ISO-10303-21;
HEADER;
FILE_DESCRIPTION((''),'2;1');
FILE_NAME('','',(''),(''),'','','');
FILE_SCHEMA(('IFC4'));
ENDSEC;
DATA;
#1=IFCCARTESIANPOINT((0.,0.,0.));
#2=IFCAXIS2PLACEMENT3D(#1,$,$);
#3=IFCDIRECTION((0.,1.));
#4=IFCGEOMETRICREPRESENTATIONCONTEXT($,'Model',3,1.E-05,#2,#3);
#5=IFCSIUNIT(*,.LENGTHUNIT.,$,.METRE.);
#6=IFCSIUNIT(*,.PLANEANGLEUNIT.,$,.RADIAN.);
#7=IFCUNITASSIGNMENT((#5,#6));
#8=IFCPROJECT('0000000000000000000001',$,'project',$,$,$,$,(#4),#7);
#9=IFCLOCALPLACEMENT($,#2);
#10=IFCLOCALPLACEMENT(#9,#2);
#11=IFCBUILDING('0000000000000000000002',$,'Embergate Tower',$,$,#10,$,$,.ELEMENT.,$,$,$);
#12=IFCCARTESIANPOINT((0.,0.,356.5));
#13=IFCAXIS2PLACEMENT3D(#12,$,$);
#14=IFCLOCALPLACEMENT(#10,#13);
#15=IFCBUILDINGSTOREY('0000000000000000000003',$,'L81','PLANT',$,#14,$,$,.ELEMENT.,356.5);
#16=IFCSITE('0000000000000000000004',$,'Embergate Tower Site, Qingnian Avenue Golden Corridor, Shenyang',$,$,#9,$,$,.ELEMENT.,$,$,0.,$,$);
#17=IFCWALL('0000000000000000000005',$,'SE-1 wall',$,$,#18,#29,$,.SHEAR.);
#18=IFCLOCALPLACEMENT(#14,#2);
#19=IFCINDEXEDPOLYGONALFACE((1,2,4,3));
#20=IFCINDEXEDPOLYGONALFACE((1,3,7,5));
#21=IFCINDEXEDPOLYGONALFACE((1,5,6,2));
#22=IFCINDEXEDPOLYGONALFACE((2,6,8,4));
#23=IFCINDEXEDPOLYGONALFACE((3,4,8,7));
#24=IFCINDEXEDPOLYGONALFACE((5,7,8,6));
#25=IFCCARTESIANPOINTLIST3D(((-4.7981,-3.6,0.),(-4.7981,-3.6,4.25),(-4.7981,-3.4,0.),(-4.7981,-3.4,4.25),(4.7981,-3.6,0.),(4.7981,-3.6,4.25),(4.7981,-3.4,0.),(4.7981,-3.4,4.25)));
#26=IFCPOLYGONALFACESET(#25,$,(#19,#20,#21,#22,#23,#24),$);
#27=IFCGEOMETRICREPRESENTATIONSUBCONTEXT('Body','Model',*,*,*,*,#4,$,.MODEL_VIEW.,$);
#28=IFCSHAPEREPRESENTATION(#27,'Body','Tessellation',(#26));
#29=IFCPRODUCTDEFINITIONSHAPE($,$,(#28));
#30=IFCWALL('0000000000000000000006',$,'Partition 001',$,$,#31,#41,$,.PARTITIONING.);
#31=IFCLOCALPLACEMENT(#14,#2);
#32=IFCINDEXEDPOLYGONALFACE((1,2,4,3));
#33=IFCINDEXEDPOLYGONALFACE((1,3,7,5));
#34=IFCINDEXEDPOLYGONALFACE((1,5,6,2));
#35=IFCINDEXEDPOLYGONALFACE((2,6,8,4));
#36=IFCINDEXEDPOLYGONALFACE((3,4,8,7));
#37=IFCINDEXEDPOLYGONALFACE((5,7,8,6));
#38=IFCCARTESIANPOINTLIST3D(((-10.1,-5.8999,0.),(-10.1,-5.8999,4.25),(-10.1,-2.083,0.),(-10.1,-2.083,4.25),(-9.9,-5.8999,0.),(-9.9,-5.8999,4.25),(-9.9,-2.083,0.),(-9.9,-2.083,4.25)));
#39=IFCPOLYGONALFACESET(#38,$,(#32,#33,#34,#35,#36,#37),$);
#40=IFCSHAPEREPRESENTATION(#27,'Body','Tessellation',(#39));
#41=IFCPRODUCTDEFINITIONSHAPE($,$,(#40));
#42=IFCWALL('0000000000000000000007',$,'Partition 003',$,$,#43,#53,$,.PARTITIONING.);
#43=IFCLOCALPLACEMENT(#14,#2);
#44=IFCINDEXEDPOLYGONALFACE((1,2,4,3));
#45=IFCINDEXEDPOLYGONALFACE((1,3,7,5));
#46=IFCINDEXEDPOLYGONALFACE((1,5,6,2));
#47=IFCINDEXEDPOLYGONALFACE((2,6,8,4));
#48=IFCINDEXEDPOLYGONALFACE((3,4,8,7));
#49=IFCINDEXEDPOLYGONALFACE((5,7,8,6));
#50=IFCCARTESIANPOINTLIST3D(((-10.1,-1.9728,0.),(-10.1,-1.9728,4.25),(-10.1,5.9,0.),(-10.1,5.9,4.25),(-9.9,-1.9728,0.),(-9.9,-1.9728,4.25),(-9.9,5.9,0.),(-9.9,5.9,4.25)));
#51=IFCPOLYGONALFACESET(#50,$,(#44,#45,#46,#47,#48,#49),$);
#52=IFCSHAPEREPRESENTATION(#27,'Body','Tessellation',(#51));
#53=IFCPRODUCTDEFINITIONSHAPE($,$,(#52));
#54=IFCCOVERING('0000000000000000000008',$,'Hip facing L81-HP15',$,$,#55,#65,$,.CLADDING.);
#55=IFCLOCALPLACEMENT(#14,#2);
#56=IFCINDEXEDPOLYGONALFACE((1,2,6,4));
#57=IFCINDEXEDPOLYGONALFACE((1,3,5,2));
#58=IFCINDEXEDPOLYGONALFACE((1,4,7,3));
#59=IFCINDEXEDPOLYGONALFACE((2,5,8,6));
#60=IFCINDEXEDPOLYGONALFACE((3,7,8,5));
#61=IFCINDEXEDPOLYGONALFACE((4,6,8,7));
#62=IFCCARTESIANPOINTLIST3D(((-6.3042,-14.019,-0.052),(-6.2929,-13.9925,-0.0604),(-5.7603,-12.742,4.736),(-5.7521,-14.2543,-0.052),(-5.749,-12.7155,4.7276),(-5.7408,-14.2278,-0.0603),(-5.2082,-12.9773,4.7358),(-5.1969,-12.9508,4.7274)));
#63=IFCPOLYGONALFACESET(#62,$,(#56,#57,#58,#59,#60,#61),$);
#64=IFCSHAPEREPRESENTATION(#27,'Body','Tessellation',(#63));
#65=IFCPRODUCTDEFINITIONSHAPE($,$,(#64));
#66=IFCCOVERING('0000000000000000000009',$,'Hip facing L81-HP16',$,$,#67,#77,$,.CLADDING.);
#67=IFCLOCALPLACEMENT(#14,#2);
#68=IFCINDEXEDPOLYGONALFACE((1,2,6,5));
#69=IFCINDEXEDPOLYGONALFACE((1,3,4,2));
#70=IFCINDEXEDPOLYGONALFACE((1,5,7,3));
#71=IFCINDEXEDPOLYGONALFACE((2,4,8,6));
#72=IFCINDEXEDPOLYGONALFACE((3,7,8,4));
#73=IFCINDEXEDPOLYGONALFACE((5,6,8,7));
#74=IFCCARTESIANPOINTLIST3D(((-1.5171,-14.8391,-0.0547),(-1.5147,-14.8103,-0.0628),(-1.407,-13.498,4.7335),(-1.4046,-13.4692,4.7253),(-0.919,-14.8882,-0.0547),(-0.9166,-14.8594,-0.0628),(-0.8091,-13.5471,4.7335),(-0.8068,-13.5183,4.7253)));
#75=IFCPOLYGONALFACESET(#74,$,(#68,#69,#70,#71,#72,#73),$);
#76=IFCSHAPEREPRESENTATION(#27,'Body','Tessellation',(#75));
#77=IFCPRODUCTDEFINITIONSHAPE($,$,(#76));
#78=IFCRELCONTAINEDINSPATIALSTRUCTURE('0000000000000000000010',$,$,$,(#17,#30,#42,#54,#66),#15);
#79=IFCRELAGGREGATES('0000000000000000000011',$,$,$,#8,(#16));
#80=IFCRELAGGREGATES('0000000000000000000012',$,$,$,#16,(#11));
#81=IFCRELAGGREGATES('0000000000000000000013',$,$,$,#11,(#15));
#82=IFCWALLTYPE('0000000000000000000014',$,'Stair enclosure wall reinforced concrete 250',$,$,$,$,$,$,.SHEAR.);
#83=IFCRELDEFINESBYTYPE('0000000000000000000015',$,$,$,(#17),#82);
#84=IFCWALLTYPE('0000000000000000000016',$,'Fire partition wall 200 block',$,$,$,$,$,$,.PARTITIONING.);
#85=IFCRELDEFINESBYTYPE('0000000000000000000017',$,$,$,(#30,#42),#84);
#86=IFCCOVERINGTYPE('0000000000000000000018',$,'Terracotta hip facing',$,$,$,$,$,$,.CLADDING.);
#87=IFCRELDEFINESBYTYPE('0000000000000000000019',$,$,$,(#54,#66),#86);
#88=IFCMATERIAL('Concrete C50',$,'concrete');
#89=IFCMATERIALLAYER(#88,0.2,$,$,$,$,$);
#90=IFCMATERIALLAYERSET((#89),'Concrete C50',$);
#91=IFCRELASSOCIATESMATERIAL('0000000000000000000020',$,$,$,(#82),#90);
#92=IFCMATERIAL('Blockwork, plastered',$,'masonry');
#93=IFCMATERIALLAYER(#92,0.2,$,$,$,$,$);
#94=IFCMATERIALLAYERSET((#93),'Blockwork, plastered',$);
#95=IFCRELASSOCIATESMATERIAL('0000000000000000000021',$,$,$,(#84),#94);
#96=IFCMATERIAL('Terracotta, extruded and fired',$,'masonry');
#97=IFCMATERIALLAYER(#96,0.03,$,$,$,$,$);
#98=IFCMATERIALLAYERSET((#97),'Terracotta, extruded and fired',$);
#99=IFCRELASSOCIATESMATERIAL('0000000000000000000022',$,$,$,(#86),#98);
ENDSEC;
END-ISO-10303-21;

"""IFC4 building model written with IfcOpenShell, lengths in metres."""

from ifc_helpers import new_model, si_unit, direction, frame, frame_2d, origin, place, context, subcontext, project, spatial, polyline, rectangle, outline, extrude, source, transform, mapped, material, layer, layer_set, type_object, element, save


model = new_model("IFC4")

# Units and contexts
model_context = context("Model", 3, precision=1e-05, world=origin(), true_north=direction((0.0, 1.0)))
body_context = subcontext(model_context, "Body", "Model", "MODEL_VIEW")
ifc_project = project(units=[si_unit("LENGTHUNIT", "METRE"), si_unit("PLANEANGLEUNIT", "RADIAN")], contexts=[model_context])

# Site, building, storey
site_placement = place(None, origin())
site = spatial("IfcSite", under=ifc_project, at=site_placement, Name="Embergate Tower Site, Qingnian Avenue Golden Corridor, Shenyang", CompositionType="ELEMENT", RefElevation=0.0)
building_placement = place(site_placement, origin())
building = spatial("IfcBuilding", under=site, at=building_placement, Name="Embergate Tower", CompositionType="ELEMENT")
storey_placement = place(building_placement, frame((0.0, 0.0, 356.5)))
storey = spatial("IfcBuildingStorey", under=building, at=storey_placement, Name="L81", Description="PLANT", CompositionType="ELEMENT", Elevation=356.5)

# Shared definitions
ifc_material_1 = material(Name="Concrete C50", Category="concrete")

# Walls
ifc_layer_1 = layer(ifc_material_1, 0.2)
ifc_layer_set_1 = layer_set([ifc_layer_1], Name="Concrete C50")
wall_type_1 = type_object("IfcWallType", Name="Stair enclosure wall reinforced concrete 250", PredefinedType="SHEAR", material=ifc_layer_set_1)
shared_shape_1 = source(origin(), body_context, "Body", "SweptSolid", [
    extrude(rectangle(XDim=9.5962, YDim=0.2, at=frame_2d((4.7981, 0.0))), origin(), (0.0, 0.0, 1.0), 4.25),
])
wall_1_placement = place(storey_placement, frame((-4.7981, -3.5, 0.0), z_axis=(0.0, 0.0, 1.0), x_axis=(1.0, 0.0, 0.0)))
element("IfcWall", 1, at=wall_1_placement, inside=storey, type_object=wall_type_1, Name="SE-1 wall", PredefinedType="SHEAR", context=body_context, shape_type="MappedRepresentation", body=[
    mapped(shared_shape_1, transform((0.0, 0.0, 0.0))),
])
ifc_material_2 = material(Name="Blockwork, plastered", Category="masonry")
ifc_layer_2 = layer(ifc_material_2, 0.2)
ifc_layer_set_2 = layer_set([ifc_layer_2], Name="Blockwork, plastered")
wall_type_2 = type_object("IfcWallType", Name="Fire partition wall 200 block", PredefinedType="PARTITIONING", material=ifc_layer_set_2)
shared_shape_2 = source(origin(), body_context, "Body", "SweptSolid", [
    extrude(rectangle(XDim=3.8169, YDim=0.2, at=frame_2d((1.9084, 0.0))), origin(), (0.0, 0.0, 1.0), 4.25),
])
wall_2_placement = place(storey_placement, frame((-10.0, -5.8999, 0.0), z_axis=(0.0, 0.0, 1.0), x_axis=(0.0, 1.0, 0.0)))
element("IfcWall", 2, at=wall_2_placement, inside=storey, type_object=wall_type_2, Name="Partition 001", PredefinedType="PARTITIONING", context=body_context, shape_type="MappedRepresentation", body=[
    mapped(shared_shape_2, transform((0.0, 0.0, 0.0))),
])
shared_shape_3 = source(origin(), body_context, "Body", "SweptSolid", [
    extrude(rectangle(XDim=7.8728, YDim=0.2, at=frame_2d((3.9365, 0.0))), origin(), (0.0, 0.0, 1.0), 4.25),
])
wall_3_placement = place(storey_placement, frame((-10.0, -1.9729, 0.0), z_axis=(0.0, 0.0, 1.0), x_axis=(0.0, 1.0, 0.0)))
element("IfcWall", 3, at=wall_3_placement, inside=storey, type_object=wall_type_2, Name="Partition 003", PredefinedType="PARTITIONING", context=body_context, shape_type="MappedRepresentation", body=[
    mapped(shared_shape_3, transform((0.0, 0.0, 0.0))),
])

# Coverings
ifc_material_3 = material(Name="Terracotta, extruded and fired", Category="masonry")
ifc_layer_3 = layer(ifc_material_3, 0.03)
ifc_layer_set_3 = layer_set([ifc_layer_3], Name="Terracotta, extruded and fired")
covering_type = type_object("IfcCoveringType", Name="Terracotta hip facing", PredefinedType="CLADDING", material=ifc_layer_set_3)
shared_shape_4 = source(origin(), body_context, "Body", "SweptSolid", [
    extrude(outline(polyline([(0.0, 0.0), (4.9851, 0.0), (4.9849, -0.6001), (0.0, -0.6001), (0.0, 0.0)])), origin(), (0.0, 0.0, -1.0), 0.03),
])
covering_1_placement = place(storey_placement, frame((-6.3042, -14.019, -0.052), z_axis=(-0.376525, -0.883573, 0.278437), x_axis=(0.109108, 0.256169, 0.960454)))
element("IfcCovering", 4, at=covering_1_placement, inside=storey, type_object=covering_type, Name="Hip facing L81-HP15", PredefinedType="CLADDING", context=body_context, shape_type="MappedRepresentation", body=[
    mapped(shared_shape_4, transform((0.0, 0.0, 0.0))),
])
shared_shape_5 = source(origin(), body_context, "Body", "SweptSolid", [
    extrude(outline(polyline([(0.0, 0.0), (4.9736, 0.0), (4.9736, -0.5999), (0.0, -0.6001), (0.0, 0.0)])), origin(), (0.0, 0.0, -1.0), 0.03),
])
covering_2_placement = place(storey_placement, frame((-1.5171, -14.8391, -0.0547), z_axis=(-0.078733, -0.959483, 0.270544), x_axis=(0.022138, 0.269637, 0.962708)))
element("IfcCovering", 5, at=covering_2_placement, inside=storey, type_object=covering_type, Name="Hip facing L81-HP16", PredefinedType="CLADDING", context=body_context, shape_type="MappedRepresentation", body=[
    mapped(shared_shape_5, transform((0.0, 0.0, 0.0))),
])

save(model, "model.ifc")
